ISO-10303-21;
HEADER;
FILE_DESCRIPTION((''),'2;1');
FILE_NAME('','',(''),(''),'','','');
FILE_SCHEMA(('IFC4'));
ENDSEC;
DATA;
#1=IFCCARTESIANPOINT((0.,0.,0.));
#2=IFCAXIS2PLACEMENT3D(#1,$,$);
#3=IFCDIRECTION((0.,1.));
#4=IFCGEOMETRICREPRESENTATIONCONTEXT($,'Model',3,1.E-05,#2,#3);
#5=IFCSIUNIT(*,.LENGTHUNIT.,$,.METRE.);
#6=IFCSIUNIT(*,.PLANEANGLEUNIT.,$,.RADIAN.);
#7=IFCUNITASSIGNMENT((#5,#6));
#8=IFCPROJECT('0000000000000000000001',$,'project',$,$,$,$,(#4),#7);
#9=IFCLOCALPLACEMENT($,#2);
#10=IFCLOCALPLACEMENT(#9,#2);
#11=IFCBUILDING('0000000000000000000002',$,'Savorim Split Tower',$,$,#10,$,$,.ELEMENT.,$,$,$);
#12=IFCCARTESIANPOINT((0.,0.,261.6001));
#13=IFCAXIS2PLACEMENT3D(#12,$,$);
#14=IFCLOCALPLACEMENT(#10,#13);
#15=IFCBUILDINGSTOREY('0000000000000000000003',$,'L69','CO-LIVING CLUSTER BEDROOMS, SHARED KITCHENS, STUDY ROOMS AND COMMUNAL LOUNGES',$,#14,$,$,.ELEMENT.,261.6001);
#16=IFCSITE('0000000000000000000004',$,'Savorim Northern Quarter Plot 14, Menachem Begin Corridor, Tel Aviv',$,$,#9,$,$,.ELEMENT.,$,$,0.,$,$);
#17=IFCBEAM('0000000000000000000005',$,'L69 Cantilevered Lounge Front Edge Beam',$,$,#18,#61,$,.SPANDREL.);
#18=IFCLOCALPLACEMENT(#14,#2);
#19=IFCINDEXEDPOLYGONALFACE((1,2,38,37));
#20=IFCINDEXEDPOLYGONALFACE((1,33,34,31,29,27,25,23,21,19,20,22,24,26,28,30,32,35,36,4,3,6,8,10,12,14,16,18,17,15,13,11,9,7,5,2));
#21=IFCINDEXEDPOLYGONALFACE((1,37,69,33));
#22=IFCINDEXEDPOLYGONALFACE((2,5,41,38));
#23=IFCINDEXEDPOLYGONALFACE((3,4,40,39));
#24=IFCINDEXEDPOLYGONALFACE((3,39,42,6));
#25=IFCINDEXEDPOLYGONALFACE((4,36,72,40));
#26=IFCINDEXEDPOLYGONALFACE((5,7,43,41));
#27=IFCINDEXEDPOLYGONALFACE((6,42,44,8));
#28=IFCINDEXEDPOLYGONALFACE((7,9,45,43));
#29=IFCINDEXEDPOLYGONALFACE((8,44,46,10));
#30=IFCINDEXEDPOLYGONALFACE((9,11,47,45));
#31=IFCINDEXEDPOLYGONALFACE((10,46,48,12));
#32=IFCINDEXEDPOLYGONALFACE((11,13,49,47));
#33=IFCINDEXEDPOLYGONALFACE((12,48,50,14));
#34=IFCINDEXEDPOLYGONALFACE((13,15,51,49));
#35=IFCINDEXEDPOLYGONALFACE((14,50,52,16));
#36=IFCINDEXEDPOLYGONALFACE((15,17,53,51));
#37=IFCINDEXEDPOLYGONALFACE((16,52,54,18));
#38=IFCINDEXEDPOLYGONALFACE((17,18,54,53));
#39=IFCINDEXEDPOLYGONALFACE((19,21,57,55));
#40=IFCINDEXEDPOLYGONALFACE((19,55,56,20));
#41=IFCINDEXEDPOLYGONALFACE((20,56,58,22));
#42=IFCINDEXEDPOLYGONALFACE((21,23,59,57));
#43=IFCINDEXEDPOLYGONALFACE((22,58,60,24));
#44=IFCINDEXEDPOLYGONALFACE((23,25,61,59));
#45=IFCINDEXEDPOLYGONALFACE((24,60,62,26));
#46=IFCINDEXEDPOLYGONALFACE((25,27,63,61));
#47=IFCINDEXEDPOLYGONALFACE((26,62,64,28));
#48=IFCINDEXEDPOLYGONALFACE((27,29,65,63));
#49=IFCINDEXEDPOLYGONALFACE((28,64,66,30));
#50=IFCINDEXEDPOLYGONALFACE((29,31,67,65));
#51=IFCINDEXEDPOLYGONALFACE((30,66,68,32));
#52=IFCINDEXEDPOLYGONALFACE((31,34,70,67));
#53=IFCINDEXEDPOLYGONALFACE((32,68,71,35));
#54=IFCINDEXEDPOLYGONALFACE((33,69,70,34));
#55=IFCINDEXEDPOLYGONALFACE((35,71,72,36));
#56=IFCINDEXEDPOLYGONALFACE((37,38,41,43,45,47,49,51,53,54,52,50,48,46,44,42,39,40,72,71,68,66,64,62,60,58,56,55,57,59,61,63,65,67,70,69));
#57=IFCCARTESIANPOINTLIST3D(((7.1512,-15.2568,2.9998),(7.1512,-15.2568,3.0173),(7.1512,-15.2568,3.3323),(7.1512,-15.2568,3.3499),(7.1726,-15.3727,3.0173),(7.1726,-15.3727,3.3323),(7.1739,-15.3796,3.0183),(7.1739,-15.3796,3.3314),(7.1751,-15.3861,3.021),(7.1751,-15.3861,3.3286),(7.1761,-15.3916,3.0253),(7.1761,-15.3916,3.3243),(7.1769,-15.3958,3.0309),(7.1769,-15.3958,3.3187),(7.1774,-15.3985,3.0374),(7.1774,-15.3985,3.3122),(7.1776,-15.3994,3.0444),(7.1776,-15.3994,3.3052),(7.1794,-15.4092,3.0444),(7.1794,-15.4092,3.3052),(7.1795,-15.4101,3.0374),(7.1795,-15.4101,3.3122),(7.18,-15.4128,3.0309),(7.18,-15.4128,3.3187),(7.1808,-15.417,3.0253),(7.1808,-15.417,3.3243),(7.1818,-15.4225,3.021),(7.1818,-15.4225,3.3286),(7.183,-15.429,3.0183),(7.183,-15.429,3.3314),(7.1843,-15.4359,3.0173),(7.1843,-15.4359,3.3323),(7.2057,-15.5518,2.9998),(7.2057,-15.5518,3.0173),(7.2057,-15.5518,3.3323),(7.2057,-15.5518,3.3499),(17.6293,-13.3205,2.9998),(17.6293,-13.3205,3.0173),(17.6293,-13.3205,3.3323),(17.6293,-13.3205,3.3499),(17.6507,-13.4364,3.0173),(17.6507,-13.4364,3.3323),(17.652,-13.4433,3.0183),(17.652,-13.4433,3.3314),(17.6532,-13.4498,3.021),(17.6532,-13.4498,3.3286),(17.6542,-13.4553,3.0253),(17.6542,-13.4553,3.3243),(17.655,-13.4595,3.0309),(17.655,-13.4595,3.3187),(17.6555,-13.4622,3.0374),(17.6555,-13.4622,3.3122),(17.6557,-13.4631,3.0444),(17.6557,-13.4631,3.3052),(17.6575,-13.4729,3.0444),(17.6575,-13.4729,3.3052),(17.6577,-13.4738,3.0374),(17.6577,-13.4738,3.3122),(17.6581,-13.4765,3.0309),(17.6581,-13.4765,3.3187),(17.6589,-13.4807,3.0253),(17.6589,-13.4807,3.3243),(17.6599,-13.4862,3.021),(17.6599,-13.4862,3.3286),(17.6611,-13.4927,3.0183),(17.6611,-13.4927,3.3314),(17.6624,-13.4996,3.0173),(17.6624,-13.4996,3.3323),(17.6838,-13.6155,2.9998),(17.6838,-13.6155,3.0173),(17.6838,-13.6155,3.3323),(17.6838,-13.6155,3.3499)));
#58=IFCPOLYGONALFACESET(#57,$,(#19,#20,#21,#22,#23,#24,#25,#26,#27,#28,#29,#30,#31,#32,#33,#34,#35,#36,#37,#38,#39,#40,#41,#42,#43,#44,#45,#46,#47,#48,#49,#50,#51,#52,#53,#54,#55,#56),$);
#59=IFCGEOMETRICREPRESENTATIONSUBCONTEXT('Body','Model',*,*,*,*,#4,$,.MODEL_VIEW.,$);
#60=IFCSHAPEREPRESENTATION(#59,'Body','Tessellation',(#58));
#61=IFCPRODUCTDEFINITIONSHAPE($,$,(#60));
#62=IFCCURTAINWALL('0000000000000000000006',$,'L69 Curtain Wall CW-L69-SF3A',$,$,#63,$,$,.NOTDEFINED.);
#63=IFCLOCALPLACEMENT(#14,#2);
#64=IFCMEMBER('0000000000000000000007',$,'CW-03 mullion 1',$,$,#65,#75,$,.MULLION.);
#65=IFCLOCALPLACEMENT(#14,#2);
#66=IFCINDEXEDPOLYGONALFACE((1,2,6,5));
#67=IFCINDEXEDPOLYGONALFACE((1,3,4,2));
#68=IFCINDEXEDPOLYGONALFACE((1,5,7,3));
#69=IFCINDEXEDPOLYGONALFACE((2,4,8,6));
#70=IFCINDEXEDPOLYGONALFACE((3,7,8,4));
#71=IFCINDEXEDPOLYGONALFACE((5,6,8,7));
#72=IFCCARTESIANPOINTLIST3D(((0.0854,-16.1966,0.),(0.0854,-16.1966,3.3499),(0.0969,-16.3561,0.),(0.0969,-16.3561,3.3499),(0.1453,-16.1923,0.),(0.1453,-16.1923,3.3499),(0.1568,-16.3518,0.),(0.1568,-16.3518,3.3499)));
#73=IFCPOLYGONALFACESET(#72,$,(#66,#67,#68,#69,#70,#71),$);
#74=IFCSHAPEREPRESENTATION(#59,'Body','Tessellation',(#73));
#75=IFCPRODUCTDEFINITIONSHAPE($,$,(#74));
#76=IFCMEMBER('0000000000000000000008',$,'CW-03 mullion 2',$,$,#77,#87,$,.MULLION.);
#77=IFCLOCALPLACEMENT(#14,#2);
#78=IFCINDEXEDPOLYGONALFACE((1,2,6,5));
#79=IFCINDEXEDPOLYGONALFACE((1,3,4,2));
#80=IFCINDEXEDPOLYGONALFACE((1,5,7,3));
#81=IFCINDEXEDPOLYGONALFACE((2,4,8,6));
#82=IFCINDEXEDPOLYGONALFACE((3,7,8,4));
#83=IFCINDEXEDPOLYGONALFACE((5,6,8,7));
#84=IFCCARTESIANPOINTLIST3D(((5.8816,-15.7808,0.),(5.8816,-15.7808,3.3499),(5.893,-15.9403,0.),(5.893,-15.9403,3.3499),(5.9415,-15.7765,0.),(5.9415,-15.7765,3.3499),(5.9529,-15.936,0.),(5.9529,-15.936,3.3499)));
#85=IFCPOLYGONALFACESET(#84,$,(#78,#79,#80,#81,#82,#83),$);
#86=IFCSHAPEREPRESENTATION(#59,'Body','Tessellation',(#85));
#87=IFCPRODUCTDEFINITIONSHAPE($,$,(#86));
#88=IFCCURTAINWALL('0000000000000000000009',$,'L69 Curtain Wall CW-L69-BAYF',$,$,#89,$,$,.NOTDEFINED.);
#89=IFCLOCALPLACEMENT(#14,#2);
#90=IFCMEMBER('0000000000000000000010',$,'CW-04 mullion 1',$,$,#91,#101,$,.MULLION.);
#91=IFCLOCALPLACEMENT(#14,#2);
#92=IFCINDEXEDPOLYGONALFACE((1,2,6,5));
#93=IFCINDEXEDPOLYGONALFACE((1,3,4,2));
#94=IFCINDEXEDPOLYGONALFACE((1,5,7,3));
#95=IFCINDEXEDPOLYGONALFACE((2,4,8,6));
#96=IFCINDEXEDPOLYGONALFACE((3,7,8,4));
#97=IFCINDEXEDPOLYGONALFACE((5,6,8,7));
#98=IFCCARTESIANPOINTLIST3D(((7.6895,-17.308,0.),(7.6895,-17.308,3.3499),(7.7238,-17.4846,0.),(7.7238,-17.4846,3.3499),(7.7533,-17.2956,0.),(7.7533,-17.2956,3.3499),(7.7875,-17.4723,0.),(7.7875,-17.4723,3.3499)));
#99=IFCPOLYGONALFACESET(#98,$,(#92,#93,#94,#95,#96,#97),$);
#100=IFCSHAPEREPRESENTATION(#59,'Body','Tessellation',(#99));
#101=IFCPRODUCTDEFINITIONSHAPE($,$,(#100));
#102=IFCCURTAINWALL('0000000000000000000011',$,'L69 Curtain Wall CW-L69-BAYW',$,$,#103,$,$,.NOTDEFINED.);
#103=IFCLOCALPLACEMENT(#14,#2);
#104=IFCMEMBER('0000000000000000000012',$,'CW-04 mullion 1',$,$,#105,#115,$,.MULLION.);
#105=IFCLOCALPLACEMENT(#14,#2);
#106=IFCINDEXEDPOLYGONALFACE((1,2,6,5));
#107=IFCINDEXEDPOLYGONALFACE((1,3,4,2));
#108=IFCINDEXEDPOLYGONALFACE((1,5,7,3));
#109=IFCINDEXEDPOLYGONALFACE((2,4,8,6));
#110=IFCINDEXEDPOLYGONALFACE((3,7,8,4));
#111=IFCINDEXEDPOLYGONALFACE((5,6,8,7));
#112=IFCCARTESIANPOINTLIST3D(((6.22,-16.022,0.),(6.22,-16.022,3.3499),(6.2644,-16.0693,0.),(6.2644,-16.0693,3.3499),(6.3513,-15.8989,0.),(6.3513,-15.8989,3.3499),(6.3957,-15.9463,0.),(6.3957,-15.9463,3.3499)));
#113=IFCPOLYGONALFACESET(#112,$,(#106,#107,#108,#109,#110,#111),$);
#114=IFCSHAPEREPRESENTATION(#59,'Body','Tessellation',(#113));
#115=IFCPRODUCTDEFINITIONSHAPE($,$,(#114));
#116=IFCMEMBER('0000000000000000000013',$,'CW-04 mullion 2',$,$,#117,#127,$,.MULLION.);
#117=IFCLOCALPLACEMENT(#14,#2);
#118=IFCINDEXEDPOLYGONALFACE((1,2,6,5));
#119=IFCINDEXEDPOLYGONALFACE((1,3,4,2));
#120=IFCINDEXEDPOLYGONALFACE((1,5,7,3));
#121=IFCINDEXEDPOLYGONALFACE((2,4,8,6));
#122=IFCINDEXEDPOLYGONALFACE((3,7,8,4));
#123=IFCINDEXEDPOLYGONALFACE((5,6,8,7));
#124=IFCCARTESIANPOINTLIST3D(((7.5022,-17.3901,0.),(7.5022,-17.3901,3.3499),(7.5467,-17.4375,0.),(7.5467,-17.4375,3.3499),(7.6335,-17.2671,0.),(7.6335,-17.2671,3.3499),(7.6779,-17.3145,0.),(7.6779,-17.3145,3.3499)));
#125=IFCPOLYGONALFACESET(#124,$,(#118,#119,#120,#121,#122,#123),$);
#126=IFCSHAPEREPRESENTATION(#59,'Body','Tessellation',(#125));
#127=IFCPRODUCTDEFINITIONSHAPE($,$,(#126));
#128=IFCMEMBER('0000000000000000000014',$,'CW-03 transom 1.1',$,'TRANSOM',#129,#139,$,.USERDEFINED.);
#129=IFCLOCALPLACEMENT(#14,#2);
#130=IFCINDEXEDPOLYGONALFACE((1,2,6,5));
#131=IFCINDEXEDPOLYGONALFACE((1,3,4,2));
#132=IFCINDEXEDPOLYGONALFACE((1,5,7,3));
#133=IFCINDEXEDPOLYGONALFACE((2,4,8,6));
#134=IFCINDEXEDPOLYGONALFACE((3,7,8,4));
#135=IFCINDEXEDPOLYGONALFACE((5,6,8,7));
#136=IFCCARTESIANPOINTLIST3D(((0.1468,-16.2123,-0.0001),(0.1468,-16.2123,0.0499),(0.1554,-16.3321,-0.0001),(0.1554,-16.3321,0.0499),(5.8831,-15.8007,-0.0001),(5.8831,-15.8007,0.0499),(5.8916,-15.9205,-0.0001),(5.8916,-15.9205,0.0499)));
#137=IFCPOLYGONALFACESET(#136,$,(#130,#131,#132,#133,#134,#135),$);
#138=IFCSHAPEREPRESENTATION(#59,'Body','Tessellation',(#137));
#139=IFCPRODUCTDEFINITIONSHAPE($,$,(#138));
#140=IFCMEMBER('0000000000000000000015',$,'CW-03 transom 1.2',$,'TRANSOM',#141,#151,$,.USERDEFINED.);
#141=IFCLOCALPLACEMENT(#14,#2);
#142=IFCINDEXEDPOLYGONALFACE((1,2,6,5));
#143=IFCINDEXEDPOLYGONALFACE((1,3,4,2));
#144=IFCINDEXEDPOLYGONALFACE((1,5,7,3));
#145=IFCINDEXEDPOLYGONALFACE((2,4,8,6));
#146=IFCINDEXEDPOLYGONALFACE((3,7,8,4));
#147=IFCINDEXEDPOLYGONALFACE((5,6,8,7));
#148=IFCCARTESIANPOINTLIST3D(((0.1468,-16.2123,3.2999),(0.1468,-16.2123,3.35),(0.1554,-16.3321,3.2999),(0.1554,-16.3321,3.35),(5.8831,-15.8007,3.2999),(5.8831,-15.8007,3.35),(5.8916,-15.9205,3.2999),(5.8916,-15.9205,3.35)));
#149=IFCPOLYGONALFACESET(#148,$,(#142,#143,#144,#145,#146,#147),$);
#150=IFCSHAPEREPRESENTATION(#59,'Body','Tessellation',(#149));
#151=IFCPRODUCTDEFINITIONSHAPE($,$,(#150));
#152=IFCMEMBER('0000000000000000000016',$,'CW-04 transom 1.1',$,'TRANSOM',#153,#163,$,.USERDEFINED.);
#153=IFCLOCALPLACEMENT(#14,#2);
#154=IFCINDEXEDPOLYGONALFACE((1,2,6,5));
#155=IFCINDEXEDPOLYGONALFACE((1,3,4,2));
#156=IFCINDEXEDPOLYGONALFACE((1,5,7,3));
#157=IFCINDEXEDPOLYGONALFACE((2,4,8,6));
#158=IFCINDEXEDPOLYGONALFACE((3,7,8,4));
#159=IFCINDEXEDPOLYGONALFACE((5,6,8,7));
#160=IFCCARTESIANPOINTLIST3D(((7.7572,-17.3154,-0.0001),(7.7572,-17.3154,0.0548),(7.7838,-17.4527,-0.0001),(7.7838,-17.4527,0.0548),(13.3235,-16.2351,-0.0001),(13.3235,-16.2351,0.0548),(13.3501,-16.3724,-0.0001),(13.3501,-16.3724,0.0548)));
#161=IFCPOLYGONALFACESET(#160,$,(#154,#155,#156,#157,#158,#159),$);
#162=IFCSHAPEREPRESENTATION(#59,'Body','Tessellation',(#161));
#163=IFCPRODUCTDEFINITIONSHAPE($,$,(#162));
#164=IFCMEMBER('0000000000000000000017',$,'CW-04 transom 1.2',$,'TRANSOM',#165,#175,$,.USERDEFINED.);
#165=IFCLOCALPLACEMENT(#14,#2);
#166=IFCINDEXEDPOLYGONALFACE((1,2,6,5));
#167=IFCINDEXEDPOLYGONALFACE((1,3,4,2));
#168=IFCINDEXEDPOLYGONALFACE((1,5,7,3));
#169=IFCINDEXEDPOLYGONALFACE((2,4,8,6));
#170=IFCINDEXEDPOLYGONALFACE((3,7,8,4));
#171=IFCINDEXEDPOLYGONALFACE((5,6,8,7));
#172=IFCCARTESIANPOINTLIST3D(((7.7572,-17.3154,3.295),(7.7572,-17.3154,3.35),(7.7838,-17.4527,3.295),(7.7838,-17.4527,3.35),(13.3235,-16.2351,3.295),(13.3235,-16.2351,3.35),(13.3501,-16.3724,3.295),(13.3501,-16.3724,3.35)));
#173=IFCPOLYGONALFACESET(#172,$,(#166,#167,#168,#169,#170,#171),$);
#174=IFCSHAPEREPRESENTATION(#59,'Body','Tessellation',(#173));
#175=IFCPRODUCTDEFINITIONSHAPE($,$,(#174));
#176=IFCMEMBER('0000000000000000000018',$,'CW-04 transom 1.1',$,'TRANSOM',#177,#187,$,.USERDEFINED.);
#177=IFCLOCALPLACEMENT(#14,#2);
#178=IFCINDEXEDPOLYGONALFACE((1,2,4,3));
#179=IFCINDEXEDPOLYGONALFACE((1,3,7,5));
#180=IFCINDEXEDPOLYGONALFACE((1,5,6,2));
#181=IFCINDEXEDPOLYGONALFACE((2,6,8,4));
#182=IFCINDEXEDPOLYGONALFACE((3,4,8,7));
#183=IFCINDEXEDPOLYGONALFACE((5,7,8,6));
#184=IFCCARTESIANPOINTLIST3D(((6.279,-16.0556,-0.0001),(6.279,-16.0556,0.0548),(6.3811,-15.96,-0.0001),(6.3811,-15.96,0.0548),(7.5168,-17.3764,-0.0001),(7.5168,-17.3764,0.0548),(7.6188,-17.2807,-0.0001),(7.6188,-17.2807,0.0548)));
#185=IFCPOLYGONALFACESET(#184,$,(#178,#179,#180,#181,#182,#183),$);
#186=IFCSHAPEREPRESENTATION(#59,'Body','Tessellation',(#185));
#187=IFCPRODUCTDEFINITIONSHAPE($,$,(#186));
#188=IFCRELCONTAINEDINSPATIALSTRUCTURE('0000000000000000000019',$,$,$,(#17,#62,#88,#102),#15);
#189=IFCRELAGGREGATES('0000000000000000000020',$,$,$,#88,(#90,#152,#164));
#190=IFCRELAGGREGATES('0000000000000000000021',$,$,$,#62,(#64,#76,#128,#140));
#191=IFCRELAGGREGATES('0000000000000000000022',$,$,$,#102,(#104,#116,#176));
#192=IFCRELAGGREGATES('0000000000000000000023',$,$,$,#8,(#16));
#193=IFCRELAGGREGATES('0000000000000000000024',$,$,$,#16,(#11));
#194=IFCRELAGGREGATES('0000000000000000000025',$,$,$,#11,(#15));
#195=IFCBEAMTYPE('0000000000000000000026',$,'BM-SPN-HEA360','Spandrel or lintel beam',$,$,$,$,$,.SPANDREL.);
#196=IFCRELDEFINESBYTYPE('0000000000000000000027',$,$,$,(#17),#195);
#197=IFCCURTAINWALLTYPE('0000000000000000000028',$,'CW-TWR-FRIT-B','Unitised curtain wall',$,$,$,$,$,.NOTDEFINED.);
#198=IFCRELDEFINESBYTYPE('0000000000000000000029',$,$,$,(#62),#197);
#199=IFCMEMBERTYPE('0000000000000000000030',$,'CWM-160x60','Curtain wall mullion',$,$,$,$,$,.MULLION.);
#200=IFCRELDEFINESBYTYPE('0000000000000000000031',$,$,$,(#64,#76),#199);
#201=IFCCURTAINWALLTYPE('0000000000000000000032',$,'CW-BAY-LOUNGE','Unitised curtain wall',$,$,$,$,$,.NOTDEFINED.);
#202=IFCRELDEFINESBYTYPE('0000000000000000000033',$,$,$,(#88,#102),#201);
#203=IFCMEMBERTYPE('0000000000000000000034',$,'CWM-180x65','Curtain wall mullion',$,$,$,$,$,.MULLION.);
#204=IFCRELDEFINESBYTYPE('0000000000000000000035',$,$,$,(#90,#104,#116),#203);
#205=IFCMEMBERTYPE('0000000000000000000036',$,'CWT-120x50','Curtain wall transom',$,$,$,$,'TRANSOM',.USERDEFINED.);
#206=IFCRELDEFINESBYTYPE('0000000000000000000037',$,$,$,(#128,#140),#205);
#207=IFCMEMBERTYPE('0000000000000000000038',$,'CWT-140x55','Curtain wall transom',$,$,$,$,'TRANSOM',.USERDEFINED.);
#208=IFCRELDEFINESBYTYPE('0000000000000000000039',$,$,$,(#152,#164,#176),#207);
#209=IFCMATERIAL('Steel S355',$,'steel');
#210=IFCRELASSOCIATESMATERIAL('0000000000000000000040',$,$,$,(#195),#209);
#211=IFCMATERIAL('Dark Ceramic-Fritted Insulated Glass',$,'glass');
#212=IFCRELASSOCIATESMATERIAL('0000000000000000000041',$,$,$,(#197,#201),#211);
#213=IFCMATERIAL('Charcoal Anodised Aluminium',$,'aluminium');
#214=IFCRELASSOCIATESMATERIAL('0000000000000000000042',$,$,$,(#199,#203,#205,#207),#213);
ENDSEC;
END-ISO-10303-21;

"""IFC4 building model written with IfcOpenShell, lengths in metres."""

from ifc_helpers import new_model, si_unit, direction, frame, origin, origin_2d, place, context, subcontext, project, spatial, rectangle, i_section, extrude, material, material_profile, profile_set, type_object, element, aggregate, save


model = new_model("IFC4")

# Units and contexts
model_context = context("Model", 3, precision=1e-05, world=origin(), true_north=direction((0.0, 1.0)))
body_context = subcontext(model_context, "Body", "Model", "MODEL_VIEW")
ifc_project = project(units=[si_unit("LENGTHUNIT", "METRE"), si_unit("PLANEANGLEUNIT", "RADIAN")], contexts=[model_context])

# Site, building, storey
site_placement = place(None, origin())
site = spatial("IfcSite", under=ifc_project, at=site_placement, Name="Savorim Northern Quarter Plot 14, Menachem Begin Corridor, Tel Aviv", CompositionType="ELEMENT", RefElevation=0.0)
building_placement = place(site_placement, origin())
building = spatial("IfcBuilding", under=site, at=building_placement, Name="Savorim Split Tower", CompositionType="ELEMENT")
storey_placement = place(building_placement, frame((0.0, 0.0, 261.6001)))
storey = spatial("IfcBuildingStorey", under=building, at=storey_placement, Name="L69", Description="CO-LIVING CLUSTER BEDROOMS, SHARED KITCHENS, STUDY ROOMS AND COMMUNAL LOUNGES", CompositionType="ELEMENT", Elevation=261.6001)

# Beam
ifc_material_1 = material(Name="Steel S355", Category="steel")
ifc_material_profile_1 = material_profile(ifc_material_1, i_section(OverallWidth=0.3, OverallDepth=0.3501, WebThickness=0.01, FlangeThickness=0.0176, FilletRadius=0.0271, at=origin_2d()), Name="HEA 360")
ifc_profile_set_1 = profile_set([ifc_material_profile_1], Name="Steel S355")
beam_type = type_object("IfcBeamType", Name="BM-SPN-HEA360", Description="Spandrel or lintel beam", PredefinedType="SPANDREL", material=ifc_profile_set_1)
beam_placement = place(storey_placement, frame((7.1785, -15.4043, 3.1748), z_axis=(0.983351, 0.181718, 0.0), x_axis=(-0.181718, 0.983351, 0.0)))
element("IfcBeam", 1, at=beam_placement, inside=storey, type_object=beam_type, Name="L69 Cantilevered Lounge Front Edge Beam", PredefinedType="SPANDREL", context=body_context, shape_type="SweptSolid", body=[
    extrude(i_section(OverallWidth=0.3, OverallDepth=0.3501, WebThickness=0.01, FlangeThickness=0.0176, FilletRadius=0.0271, at=origin_2d()), origin(), (0.0, 0.0, 1.0), 10.6555),
])

# Curtain wall, members
ifc_material_2 = material(Name="Dark Ceramic-Fritted Insulated Glass", Category="glass")
curtain_wall_type_1 = type_object("IfcCurtainWallType", Name="CW-TWR-FRIT-B", Description="Unitised curtain wall", PredefinedType="NOTDEFINED", material=ifc_material_2)
curtain_wall_1_placement = place(storey_placement, origin())
curtain_wall_1 = element("IfcCurtainWall", 2, at=curtain_wall_1_placement, inside=storey, type_object=curtain_wall_type_1, Name="L69 Curtain Wall CW-L69-SF3A", PredefinedType="NOTDEFINED")
ifc_material_3 = material(Name="Charcoal Anodised Aluminium", Category="aluminium")
ifc_material_profile_2 = material_profile(ifc_material_3, rectangle(XDim=0.1599, YDim=0.0601, at=origin_2d()), Name="ALU-M 160x60")
ifc_profile_set_2 = profile_set([ifc_material_profile_2], Name="Charcoal Anodised Aluminium")
member_type_1 = type_object("IfcMemberType", Name="CWM-160x60", Description="Curtain wall mullion", PredefinedType="MULLION", material=ifc_profile_set_2)
member_1_placement = place(storey_placement, frame((0.1211, -16.2742, 0.0), z_axis=(0.0, 0.0, 1.0), x_axis=(-0.071571, 0.997435, 0.0)))
member_1 = element("IfcMember", 3, at=member_1_placement, type_object=member_type_1, Name="CW-03 mullion 1", PredefinedType="MULLION", context=body_context, shape_type="SweptSolid", body=[
    extrude(rectangle(XDim=0.1599, YDim=0.0601, at=origin_2d()), origin(), (0.0, 0.0, 1.0), 3.3499),
])
member_2_placement = place(storey_placement, frame((5.9172, -15.8584, 0.0), z_axis=(0.0, 0.0, 1.0), x_axis=(-0.071571, 0.997435, 0.0)))
member_2 = element("IfcMember", 4, at=member_2_placement, type_object=member_type_1, Name="CW-03 mullion 2", PredefinedType="MULLION", context=body_context, shape_type="SweptSolid", body=[
    extrude(rectangle(XDim=0.1599, YDim=0.0601, at=origin_2d()), origin(), (0.0, 0.0, 1.0), 3.3499),
])

# Curtain wall, member
curtain_wall_type_2 = type_object("IfcCurtainWallType", Name="CW-BAY-LOUNGE", Description="Unitised curtain wall", PredefinedType="NOTDEFINED", material=ifc_material_2)
curtain_wall_2_placement = place(storey_placement, origin())
curtain_wall_2 = element("IfcCurtainWall", 5, at=curtain_wall_2_placement, inside=storey, type_object=curtain_wall_type_2, Name="L69 Curtain Wall CW-L69-BAYF", PredefinedType="NOTDEFINED")
ifc_material_profile_3 = material_profile(ifc_material_3, rectangle(XDim=0.1799, YDim=0.0649, at=origin_2d()), Name="ALU-M 180x65")
ifc_profile_set_3 = profile_set([ifc_material_profile_3], Name="Charcoal Anodised Aluminium")
member_type_2 = type_object("IfcMemberType", Name="CWM-180x65", Description="Curtain wall mullion", PredefinedType="MULLION", material=ifc_profile_set_3)
member_3_placement = place(storey_placement, frame((7.7385, -17.3901, 0.0), z_axis=(0.0, 0.0, 1.0), x_axis=(-0.19052, 0.981683, 0.0)))
member_3 = element("IfcMember", 6, at=member_3_placement, type_object=member_type_2, Name="CW-04 mullion 1", PredefinedType="MULLION", context=body_context, shape_type="SweptSolid", body=[
    extrude(rectangle(XDim=0.1799, YDim=0.0649, at=origin_2d()), origin(), (0.0, 0.0, 1.0), 3.3499),
])

# Curtain wall, members
curtain_wall_3_placement = place(storey_placement, origin())
curtain_wall_3 = element("IfcCurtainWall", 7, at=curtain_wall_3_placement, inside=storey, type_object=curtain_wall_type_2, Name="L69 Curtain Wall CW-L69-BAYW", PredefinedType="NOTDEFINED")
member_4_placement = place(storey_placement, frame((6.3079, -15.9841, 0.0), z_axis=(0.0, 0.0, 1.0), x_axis=(0.729622, 0.68385, 0.0)))
member_4 = element("IfcMember", 8, at=member_4_placement, type_object=member_type_2, Name="CW-04 mullion 1", PredefinedType="MULLION", context=body_context, shape_type="SweptSolid", body=[
    extrude(rectangle(XDim=0.1799, YDim=0.0649, at=origin_2d()), origin(), (0.0, 0.0, 1.0), 3.3499),
])
member_5_placement = place(storey_placement, frame((7.5901, -17.3523, 0.0), z_axis=(0.0, 0.0, 1.0), x_axis=(0.729622, 0.68385, 0.0)))
member_5 = element("IfcMember", 9, at=member_5_placement, type_object=member_type_2, Name="CW-04 mullion 2", PredefinedType="MULLION", context=body_context, shape_type="SweptSolid", body=[
    extrude(rectangle(XDim=0.1799, YDim=0.0649, at=origin_2d()), origin(), (0.0, 0.0, 1.0), 3.3499),
])

# Members
ifc_material_profile_4 = material_profile(ifc_material_3, rectangle(XDim=0.1201, YDim=0.05, at=origin_2d()), Name="ALU-T 120x50")
ifc_profile_set_4 = profile_set([ifc_material_profile_4], Name="Charcoal Anodised Aluminium")
member_type_3 = type_object("IfcMemberType", Name="CWT-120x50", Description="Curtain wall transom", ElementType="TRANSOM", PredefinedType="USERDEFINED", material=ifc_profile_set_4)
member_6_placement = place(storey_placement, frame((0.1511, -16.2722, 0.0249), z_axis=(0.997435, 0.071573, 0.0), x_axis=(-0.071573, 0.997435, 0.0)))
member_6 = element("IfcMember", 10, at=member_6_placement, type_object=member_type_3, Name="CW-03 transom 1.1", ObjectType="TRANSOM", PredefinedType="USERDEFINED", context=body_context, shape_type="SweptSolid", body=[
    extrude(rectangle(XDim=0.1201, YDim=0.05, at=origin_2d()), origin(), (0.0, 0.0, 1.0), 5.751),
])
member_7_placement = place(storey_placement, frame((0.1511, -16.2722, 3.325), z_axis=(0.997435, 0.071573, 0.0), x_axis=(-0.071573, 0.997435, 0.0)))
member_7 = element("IfcMember", 11, at=member_7_placement, type_object=member_type_3, Name="CW-03 transom 1.2", ObjectType="TRANSOM", PredefinedType="USERDEFINED", context=body_context, shape_type="SweptSolid", body=[
    extrude(rectangle(XDim=0.1201, YDim=0.05, at=origin_2d()), origin(), (0.0, 0.0, 1.0), 5.751),
])
ifc_material_profile_5 = material_profile(ifc_material_3, rectangle(XDim=0.1399, YDim=0.0549, at=origin_2d()), Name="ALU-T 140x55")
ifc_profile_set_5 = profile_set([ifc_material_profile_5], Name="Charcoal Anodised Aluminium")
member_type_4 = type_object("IfcMemberType", Name="CWT-140x55", Description="Curtain wall transom", ElementType="TRANSOM", PredefinedType="USERDEFINED", material=ifc_profile_set_5)
member_8_placement = place(storey_placement, frame((7.7705, -17.384, 0.0273), z_axis=(0.981683, 0.190524, 0.0), x_axis=(-0.190524, 0.981683, 0.0)))
member_8 = element("IfcMember", 12, at=member_8_placement, type_object=member_type_4, Name="CW-04 transom 1.1", ObjectType="TRANSOM", PredefinedType="USERDEFINED", context=body_context, shape_type="SweptSolid", body=[
    extrude(rectangle(XDim=0.1399, YDim=0.0549, at=origin_2d()), origin(), (0.0, 0.0, 1.0), 5.6702),
])
member_9_placement = place(storey_placement, frame((7.7705, -17.384, 3.3225), z_axis=(0.981683, 0.190524, 0.0), x_axis=(-0.190524, 0.981683, 0.0)))
member_9 = element("IfcMember", 13, at=member_9_placement, type_object=member_type_4, Name="CW-04 transom 1.2", ObjectType="TRANSOM", PredefinedType="USERDEFINED", context=body_context, shape_type="SweptSolid", body=[
    extrude(rectangle(XDim=0.1399, YDim=0.0549, at=origin_2d()), origin(), (0.0, 0.0, 1.0), 5.6702),
])
aggregate(curtain_wall_2, [member_3, member_8, member_9])
member_10_placement = place(storey_placement, frame((6.3301, -16.0078, 0.0273), z_axis=(0.683807, -0.729663, 0.0), x_axis=(0.729663, 0.683807, 0.0)))
member_10 = element("IfcMember", 14, at=member_10_placement, type_object=member_type_4, Name="CW-04 transom 1.1", ObjectType="TRANSOM", PredefinedType="USERDEFINED", context=body_context, shape_type="SweptSolid", body=[
    extrude(rectangle(XDim=0.1399, YDim=0.0549, at=origin_2d()), origin(), (0.0, 0.0, 1.0), 1.8101),
])

aggregate(curtain_wall_1, [member_1, member_2, member_6, member_7])
aggregate(curtain_wall_3, [member_4, member_5, member_10])

save(model, "model.ifc")
